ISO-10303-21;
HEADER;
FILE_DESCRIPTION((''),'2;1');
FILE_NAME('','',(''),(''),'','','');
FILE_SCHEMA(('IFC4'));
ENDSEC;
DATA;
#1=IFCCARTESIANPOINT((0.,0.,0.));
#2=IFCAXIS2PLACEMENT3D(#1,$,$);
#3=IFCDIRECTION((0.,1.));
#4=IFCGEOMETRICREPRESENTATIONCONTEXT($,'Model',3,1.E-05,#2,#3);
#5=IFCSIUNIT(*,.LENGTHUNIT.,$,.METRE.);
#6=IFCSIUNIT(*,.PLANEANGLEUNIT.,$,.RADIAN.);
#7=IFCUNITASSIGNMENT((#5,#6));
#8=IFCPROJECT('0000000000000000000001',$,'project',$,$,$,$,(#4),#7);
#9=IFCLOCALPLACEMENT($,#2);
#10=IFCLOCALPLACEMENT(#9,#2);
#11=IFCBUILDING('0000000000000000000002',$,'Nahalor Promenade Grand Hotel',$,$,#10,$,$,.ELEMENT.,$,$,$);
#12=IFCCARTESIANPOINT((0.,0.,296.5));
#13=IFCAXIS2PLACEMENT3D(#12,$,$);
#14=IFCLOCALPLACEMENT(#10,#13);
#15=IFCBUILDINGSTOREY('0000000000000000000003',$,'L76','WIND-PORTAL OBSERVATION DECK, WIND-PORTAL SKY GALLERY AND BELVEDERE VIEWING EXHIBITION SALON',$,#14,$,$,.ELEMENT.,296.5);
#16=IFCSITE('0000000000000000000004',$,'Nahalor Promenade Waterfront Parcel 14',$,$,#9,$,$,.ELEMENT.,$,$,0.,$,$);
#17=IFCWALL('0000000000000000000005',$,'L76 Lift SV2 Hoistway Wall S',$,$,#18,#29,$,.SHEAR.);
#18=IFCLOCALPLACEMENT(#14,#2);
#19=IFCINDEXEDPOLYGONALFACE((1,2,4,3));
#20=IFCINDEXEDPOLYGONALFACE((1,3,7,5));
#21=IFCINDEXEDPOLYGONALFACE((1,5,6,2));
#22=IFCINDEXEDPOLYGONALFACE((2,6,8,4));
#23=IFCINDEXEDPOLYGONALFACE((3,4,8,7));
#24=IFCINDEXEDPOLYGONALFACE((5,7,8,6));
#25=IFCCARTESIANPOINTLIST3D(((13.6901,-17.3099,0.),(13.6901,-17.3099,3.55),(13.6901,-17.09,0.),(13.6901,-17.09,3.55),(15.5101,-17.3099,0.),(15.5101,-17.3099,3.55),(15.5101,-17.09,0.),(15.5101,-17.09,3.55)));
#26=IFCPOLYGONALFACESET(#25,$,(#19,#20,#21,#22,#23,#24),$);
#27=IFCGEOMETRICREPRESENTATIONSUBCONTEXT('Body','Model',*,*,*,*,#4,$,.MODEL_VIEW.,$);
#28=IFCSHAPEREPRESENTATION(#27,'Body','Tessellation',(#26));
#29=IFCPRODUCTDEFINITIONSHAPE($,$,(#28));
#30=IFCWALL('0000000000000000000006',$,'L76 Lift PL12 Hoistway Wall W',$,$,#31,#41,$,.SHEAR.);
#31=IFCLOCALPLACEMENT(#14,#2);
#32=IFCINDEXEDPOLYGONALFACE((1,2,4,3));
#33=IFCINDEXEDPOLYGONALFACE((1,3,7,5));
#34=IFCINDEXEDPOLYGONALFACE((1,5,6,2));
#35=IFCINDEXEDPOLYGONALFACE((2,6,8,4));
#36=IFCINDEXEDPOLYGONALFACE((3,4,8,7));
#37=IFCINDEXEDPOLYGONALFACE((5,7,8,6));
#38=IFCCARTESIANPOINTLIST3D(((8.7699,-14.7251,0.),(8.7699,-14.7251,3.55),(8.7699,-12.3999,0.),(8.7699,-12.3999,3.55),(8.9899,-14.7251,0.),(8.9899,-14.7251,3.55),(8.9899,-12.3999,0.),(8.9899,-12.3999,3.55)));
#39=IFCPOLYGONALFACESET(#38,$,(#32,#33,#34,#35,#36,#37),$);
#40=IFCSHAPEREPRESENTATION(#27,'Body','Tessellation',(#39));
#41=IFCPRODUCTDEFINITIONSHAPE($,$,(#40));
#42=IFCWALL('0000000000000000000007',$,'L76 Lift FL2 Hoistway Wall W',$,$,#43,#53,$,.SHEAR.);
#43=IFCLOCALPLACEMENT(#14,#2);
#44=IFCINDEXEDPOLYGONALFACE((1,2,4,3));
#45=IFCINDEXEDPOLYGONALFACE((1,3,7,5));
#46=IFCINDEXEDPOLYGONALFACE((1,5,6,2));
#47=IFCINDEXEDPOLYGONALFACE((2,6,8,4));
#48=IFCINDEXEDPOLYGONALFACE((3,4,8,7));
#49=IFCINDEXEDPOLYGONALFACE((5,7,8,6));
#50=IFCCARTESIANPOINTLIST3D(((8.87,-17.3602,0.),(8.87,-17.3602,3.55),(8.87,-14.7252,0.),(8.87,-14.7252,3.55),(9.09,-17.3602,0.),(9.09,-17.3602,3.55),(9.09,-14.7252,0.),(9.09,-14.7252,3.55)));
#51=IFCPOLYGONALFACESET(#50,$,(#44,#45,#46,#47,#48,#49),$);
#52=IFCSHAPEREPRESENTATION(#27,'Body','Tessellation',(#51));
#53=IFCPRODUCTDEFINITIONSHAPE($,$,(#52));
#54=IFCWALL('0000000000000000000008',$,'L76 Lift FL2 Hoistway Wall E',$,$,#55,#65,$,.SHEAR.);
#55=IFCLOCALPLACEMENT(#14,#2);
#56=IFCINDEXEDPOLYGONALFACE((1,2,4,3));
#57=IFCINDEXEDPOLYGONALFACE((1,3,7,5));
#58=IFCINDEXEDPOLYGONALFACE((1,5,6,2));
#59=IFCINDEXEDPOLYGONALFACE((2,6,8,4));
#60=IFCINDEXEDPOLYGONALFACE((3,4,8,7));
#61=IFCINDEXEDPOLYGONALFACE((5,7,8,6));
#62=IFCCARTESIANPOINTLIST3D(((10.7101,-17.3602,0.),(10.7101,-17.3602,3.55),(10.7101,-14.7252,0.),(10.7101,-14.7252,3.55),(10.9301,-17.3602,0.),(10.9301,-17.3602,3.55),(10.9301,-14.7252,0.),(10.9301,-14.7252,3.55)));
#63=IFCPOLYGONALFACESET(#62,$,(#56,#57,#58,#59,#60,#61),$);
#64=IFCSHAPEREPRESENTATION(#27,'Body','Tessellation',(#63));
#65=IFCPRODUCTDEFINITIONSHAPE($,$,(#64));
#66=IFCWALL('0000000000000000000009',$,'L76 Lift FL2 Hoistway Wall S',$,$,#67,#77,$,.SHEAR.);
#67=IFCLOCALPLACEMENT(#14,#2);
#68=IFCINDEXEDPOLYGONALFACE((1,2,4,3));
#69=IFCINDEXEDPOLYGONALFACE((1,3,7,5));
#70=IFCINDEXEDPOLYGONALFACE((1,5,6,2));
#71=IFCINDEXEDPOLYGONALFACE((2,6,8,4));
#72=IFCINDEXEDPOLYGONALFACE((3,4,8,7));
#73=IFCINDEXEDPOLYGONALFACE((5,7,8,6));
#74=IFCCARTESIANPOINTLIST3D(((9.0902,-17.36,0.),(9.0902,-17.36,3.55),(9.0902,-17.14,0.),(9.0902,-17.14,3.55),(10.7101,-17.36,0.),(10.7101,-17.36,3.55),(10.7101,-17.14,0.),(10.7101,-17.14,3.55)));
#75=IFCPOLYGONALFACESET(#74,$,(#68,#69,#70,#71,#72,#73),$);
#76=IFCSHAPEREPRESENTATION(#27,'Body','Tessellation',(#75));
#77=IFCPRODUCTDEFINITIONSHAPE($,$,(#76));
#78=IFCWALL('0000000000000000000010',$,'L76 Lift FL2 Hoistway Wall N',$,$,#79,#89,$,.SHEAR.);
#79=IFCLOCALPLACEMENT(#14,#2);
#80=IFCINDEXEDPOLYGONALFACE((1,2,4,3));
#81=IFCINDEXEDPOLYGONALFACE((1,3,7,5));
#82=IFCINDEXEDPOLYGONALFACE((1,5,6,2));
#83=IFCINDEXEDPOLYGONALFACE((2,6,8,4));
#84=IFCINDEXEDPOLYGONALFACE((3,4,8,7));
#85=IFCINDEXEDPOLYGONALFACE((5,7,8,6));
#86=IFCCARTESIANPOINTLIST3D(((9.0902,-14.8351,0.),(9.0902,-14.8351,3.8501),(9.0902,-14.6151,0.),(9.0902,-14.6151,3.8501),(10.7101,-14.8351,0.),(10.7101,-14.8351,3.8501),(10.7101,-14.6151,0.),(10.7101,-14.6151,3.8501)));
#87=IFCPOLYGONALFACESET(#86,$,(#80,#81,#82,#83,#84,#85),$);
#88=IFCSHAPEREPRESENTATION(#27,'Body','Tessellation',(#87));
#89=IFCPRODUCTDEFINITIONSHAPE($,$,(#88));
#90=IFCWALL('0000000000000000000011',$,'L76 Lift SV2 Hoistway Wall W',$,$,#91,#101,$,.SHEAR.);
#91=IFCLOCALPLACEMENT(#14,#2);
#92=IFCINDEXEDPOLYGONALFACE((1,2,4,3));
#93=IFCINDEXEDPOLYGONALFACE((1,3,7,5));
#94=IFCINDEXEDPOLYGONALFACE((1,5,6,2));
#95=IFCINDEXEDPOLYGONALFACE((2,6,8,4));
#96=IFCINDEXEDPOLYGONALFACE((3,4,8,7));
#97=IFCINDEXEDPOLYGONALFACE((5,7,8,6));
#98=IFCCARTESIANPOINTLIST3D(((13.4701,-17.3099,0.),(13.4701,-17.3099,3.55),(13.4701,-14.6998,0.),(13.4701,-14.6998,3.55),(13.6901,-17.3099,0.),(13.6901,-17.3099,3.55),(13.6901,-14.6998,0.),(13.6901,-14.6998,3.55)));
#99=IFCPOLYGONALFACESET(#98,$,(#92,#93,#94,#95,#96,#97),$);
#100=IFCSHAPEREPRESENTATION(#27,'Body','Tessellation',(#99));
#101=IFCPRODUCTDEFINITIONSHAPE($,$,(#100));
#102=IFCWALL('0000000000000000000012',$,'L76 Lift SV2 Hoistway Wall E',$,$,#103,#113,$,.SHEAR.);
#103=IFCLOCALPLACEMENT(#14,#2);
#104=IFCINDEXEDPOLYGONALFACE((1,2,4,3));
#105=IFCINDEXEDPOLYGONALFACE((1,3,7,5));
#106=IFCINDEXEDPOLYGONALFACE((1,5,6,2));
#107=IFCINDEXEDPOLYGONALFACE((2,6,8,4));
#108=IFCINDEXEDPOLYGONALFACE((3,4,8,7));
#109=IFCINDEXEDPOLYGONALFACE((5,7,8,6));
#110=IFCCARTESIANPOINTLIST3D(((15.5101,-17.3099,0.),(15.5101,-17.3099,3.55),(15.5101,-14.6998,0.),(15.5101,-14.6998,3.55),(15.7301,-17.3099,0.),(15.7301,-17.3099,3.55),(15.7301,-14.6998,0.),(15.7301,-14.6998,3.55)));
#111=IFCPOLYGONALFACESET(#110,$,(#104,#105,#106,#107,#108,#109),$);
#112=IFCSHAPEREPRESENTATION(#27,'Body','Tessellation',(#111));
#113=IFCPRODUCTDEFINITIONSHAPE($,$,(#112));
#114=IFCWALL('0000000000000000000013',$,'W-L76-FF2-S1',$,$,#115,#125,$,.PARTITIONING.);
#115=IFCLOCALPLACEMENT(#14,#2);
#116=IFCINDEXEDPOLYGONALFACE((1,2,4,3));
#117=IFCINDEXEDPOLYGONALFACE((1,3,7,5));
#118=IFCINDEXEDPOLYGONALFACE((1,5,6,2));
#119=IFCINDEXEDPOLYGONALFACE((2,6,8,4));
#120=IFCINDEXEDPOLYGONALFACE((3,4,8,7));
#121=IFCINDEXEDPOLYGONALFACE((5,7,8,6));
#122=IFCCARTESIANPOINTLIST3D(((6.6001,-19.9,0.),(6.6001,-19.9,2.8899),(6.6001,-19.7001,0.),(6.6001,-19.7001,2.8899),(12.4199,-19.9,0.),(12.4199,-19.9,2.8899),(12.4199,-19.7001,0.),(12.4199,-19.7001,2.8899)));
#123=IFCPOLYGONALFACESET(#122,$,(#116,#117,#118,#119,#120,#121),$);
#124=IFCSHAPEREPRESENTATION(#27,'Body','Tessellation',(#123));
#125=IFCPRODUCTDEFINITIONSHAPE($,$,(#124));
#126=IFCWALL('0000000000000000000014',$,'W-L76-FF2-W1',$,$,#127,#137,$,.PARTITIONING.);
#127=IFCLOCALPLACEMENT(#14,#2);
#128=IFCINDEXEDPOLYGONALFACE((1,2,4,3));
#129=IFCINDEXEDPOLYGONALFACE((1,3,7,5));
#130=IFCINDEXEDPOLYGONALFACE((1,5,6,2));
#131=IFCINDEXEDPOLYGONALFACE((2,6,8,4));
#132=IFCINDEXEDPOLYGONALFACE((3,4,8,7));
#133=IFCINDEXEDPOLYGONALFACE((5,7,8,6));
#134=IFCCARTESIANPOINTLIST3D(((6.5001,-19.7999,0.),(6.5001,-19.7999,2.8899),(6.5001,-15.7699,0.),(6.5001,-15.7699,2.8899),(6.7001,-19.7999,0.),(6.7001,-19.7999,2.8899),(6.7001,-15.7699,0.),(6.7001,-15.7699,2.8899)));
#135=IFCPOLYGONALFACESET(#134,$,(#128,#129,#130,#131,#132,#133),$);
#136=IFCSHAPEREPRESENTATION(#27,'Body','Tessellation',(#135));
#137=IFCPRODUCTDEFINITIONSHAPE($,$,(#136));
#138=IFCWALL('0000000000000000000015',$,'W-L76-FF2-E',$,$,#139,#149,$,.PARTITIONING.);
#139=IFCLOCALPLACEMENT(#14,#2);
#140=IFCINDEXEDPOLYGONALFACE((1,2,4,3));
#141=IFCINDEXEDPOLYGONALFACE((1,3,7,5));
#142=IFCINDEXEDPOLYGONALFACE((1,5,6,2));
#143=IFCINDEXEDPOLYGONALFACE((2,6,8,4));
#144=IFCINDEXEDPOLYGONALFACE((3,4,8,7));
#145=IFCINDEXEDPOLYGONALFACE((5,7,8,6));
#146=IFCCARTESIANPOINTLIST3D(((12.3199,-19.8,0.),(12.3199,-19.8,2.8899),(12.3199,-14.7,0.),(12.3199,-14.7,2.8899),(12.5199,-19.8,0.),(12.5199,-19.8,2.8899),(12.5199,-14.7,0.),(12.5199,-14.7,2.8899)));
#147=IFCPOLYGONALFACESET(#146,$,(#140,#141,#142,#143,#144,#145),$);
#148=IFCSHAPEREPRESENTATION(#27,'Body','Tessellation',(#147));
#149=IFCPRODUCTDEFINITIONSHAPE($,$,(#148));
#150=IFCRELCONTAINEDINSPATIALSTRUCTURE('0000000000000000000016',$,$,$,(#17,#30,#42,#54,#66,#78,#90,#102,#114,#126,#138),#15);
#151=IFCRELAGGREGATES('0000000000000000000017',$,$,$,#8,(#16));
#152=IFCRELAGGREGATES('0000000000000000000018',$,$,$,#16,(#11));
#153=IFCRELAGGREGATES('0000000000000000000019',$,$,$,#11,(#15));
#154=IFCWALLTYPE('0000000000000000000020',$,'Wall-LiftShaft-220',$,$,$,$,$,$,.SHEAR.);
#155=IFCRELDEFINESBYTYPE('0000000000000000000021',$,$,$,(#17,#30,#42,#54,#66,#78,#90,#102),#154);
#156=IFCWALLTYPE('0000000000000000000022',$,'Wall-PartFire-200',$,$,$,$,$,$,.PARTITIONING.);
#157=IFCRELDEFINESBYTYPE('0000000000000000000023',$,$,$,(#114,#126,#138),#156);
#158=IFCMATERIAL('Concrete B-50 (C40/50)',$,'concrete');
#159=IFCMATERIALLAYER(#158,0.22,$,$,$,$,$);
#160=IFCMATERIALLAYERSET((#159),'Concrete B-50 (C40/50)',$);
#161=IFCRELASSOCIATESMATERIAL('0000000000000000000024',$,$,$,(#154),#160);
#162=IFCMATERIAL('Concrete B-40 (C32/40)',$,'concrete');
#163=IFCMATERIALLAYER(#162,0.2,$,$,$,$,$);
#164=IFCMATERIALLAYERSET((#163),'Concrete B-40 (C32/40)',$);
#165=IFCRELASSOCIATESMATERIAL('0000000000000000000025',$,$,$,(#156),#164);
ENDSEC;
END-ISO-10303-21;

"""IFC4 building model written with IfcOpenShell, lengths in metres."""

from ifc_helpers import new_model, si_unit, direction, frame, frame_2d, origin, place, context, subcontext, project, spatial, rectangle, extrude, source, transform, mapped, material, layer, layer_set, type_object, element, save


model = new_model("IFC4")

# Units and contexts
model_context = context("Model", 3, precision=1e-05, world=origin(), true_north=direction((0.0, 1.0)))
body_context = subcontext(model_context, "Body", "Model", "MODEL_VIEW")
ifc_project = project(units=[si_unit("LENGTHUNIT", "METRE"), si_unit("PLANEANGLEUNIT", "RADIAN")], contexts=[model_context])

# Site, building, storey
site_placement = place(None, origin())
site = spatial("IfcSite", under=ifc_project, at=site_placement, Name="Nahalor Promenade Waterfront Parcel 14", CompositionType="ELEMENT", RefElevation=0.0)
building_placement = place(site_placement, origin())
building = spatial("IfcBuilding", under=site, at=building_placement, Name="Nahalor Promenade Grand Hotel", CompositionType="ELEMENT")
storey_placement = place(building_placement, frame((0.0, 0.0, 296.5)))
storey = spatial("IfcBuildingStorey", under=building, at=storey_placement, Name="L76", Description="WIND-PORTAL OBSERVATION DECK, WIND-PORTAL SKY GALLERY AND BELVEDERE VIEWING EXHIBITION SALON", CompositionType="ELEMENT", Elevation=296.5)

# Shared definitions
ifc_material_1 = material(Name="Concrete B-50 (C40/50)", Category="concrete")

# Walls
ifc_layer_1 = layer(ifc_material_1, 0.22)
ifc_layer_set_1 = layer_set([ifc_layer_1], Name="Concrete B-50 (C40/50)")
wall_type_1 = type_object("IfcWallType", Name="Wall-LiftShaft-220", PredefinedType="SHEAR", material=ifc_layer_set_1)
shared_shape_1 = source(origin(), body_context, "Body", "SweptSolid", [
    extrude(rectangle(XDim=1.8201, YDim=0.22, at=frame_2d((0.9102, 0.0))), origin(), (0.0, 0.0, 1.0), 3.55),
])
wall_1_placement = place(storey_placement, frame((13.6899, -17.2, 0.0), z_axis=(0.0, 0.0, 1.0), x_axis=(1.0, 0.0, 0.0)))
element("IfcWall", 1, at=wall_1_placement, inside=storey, type_object=wall_type_1, Name="L76 Lift SV2 Hoistway Wall S", PredefinedType="SHEAR", context=body_context, shape_type="MappedRepresentation", body=[
    mapped(shared_shape_1, transform((0.0, 0.0, 0.0), scale=1.0)),
])
shared_shape_2 = source(origin(), body_context, "Body", "SweptSolid", [
    extrude(rectangle(XDim=2.3252, YDim=0.22, at=frame_2d((1.1626, 0.0))), origin(), (0.0, 0.0, 1.0), 3.55),
])
wall_2_placement = place(storey_placement, frame((8.8799, -14.7251, 0.0), z_axis=(0.0, 0.0, 1.0), x_axis=(0.0, 1.0, 0.0)))
element("IfcWall", 2, at=wall_2_placement, inside=storey, type_object=wall_type_1, Name="L76 Lift PL12 Hoistway Wall W", PredefinedType="SHEAR", context=body_context, shape_type="MappedRepresentation", body=[
    mapped(shared_shape_2, transform((0.0, 0.0, 0.0), scale=1.0)),
])
shared_shape_3 = source(origin(), body_context, "Body", "SweptSolid", [
    extrude(rectangle(XDim=2.635, YDim=0.22, at=frame_2d((1.3174, 0.0))), origin(), (0.0, 0.0, 1.0), 3.55),
])
for number, where, z_axis, x_axis, name in (
    (3, (8.98, -17.3601, 0.0), (0.0, 0.0, 1.0), (0.0, 1.0, 0.0), "L76 Lift FL2 Hoistway Wall W"),
    (4, (10.8201, -17.3601, 0.0), (0.0, 0.0, 1.0), (0.0, 1.0, 0.0), "L76 Lift FL2 Hoistway Wall E"),
):
    element("IfcWall", number, at=place(storey_placement, frame(where, z_axis=z_axis, x_axis=x_axis)), inside=storey, type_object=wall_type_1, Name=name, PredefinedType="SHEAR", context=body_context, shape_type="MappedRepresentation", body=[
        mapped(shared_shape_3, transform((0.0, 0.0, 0.0), scale=1.0)),
    ])
shared_shape_4 = source(origin(), body_context, "Body", "SweptSolid", [
    extrude(rectangle(XDim=1.6199, YDim=0.22, at=frame_2d((0.8101, 0.0))), origin(), (0.0, 0.0, 1.0), 3.55),
])
wall_3_placement = place(storey_placement, frame((9.0901, -17.25, 0.0), z_axis=(0.0, 0.0, 1.0), x_axis=(1.0, 0.0, 0.0)))
element("IfcWall", 5, at=wall_3_placement, inside=storey, type_object=wall_type_1, Name="L76 Lift FL2 Hoistway Wall S", PredefinedType="SHEAR", context=body_context, shape_type="MappedRepresentation", body=[
    mapped(shared_shape_4, transform((0.0, 0.0, 0.0), scale=1.0)),
])
shared_shape_5 = source(origin(), body_context, "Body", "SweptSolid", [
    extrude(rectangle(XDim=1.6199, YDim=0.22, at=frame_2d((0.8101, 0.0))), origin(), (0.0, 0.0, 1.0), 3.8501),
])
wall_4_placement = place(storey_placement, frame((9.0901, -14.7251, 0.0), z_axis=(0.0, 0.0, 1.0), x_axis=(1.0, 0.0, 0.0)))
element("IfcWall", 6, at=wall_4_placement, inside=storey, type_object=wall_type_1, Name="L76 Lift FL2 Hoistway Wall N", PredefinedType="SHEAR", context=body_context, shape_type="MappedRepresentation", body=[
    mapped(shared_shape_5, transform((0.0, 0.0, 0.0), scale=1.0)),
])
shared_shape_6 = source(origin(), body_context, "Body", "SweptSolid", [
    extrude(rectangle(XDim=2.6101, YDim=0.22, at=frame_2d((1.3052, 0.0))), origin(), (0.0, 0.0, 1.0), 3.55),
])
for number, where, z_axis, x_axis, name in (
    (7, (13.5801, -17.3101, 0.0), (0.0, 0.0, 1.0), (0.0, 1.0, 0.0), "L76 Lift SV2 Hoistway Wall W"),
    (8, (15.6201, -17.3101, 0.0), (0.0, 0.0, 1.0), (0.0, 1.0, 0.0), "L76 Lift SV2 Hoistway Wall E"),
):
    element("IfcWall", number, at=place(storey_placement, frame(where, z_axis=z_axis, x_axis=x_axis)), inside=storey, type_object=wall_type_1, Name=name, PredefinedType="SHEAR", context=body_context, shape_type="MappedRepresentation", body=[
        mapped(shared_shape_6, transform((0.0, 0.0, 0.0), scale=1.0)),
    ])
ifc_material_2 = material(Name="Concrete B-40 (C32/40)", Category="concrete")
ifc_layer_2 = layer(ifc_material_2, 0.2)
ifc_layer_set_2 = layer_set([ifc_layer_2], Name="Concrete B-40 (C32/40)")
wall_type_2 = type_object("IfcWallType", Name="Wall-PartFire-200", PredefinedType="PARTITIONING", material=ifc_layer_set_2)
shared_shape_7 = source(origin(), body_context, "Body", "SweptSolid", [
    extrude(rectangle(XDim=5.8198, YDim=0.2, at=frame_2d((2.9099, 0.0))), origin(), (0.0, 0.0, 1.0), 2.8899),
])
wall_5_placement = place(storey_placement, frame((6.6001, -19.8, 0.0), z_axis=(0.0, 0.0, 1.0), x_axis=(1.0, 0.0, 0.0)))
element("IfcWall", 9, at=wall_5_placement, inside=storey, type_object=wall_type_2, Name="W-L76-FF2-S1", PredefinedType="PARTITIONING", context=body_context, shape_type="MappedRepresentation", body=[
    mapped(shared_shape_7, transform((0.0, 0.0, 0.0), scale=1.0)),
])
shared_shape_8 = source(origin(), body_context, "Body", "SweptSolid", [
    extrude(rectangle(XDim=4.03, YDim=0.2, at=frame_2d((2.0151, 0.0))), origin(), (0.0, 0.0, 1.0), 2.8899),
])
wall_6_placement = place(storey_placement, frame((6.6001, -19.8, 0.0), z_axis=(0.0, 0.0, 1.0), x_axis=(0.0, 1.0, 0.0)))
element("IfcWall", 10, at=wall_6_placement, inside=storey, type_object=wall_type_2, Name="W-L76-FF2-W1", PredefinedType="PARTITIONING", context=body_context, shape_type="MappedRepresentation", body=[
    mapped(shared_shape_8, transform((0.0, 0.0, 0.0), scale=1.0)),
])
shared_shape_9 = source(origin(), body_context, "Body", "SweptSolid", [
    extrude(rectangle(XDim=5.1001, YDim=0.2, at=frame_2d((2.55, 0.0))), origin(), (0.0, 0.0, 1.0), 2.8899),
])
wall_7_placement = place(storey_placement, frame((12.4199, -19.8, 0.0), z_axis=(0.0, 0.0, 1.0), x_axis=(0.0, 1.0, 0.0)))
element("IfcWall", 11, at=wall_7_placement, inside=storey, type_object=wall_type_2, Name="W-L76-FF2-E", PredefinedType="PARTITIONING", context=body_context, shape_type="MappedRepresentation", body=[
    mapped(shared_shape_9, transform((0.0, 0.0, 0.0), scale=1.0)),
])

save(model, "model.ifc")
